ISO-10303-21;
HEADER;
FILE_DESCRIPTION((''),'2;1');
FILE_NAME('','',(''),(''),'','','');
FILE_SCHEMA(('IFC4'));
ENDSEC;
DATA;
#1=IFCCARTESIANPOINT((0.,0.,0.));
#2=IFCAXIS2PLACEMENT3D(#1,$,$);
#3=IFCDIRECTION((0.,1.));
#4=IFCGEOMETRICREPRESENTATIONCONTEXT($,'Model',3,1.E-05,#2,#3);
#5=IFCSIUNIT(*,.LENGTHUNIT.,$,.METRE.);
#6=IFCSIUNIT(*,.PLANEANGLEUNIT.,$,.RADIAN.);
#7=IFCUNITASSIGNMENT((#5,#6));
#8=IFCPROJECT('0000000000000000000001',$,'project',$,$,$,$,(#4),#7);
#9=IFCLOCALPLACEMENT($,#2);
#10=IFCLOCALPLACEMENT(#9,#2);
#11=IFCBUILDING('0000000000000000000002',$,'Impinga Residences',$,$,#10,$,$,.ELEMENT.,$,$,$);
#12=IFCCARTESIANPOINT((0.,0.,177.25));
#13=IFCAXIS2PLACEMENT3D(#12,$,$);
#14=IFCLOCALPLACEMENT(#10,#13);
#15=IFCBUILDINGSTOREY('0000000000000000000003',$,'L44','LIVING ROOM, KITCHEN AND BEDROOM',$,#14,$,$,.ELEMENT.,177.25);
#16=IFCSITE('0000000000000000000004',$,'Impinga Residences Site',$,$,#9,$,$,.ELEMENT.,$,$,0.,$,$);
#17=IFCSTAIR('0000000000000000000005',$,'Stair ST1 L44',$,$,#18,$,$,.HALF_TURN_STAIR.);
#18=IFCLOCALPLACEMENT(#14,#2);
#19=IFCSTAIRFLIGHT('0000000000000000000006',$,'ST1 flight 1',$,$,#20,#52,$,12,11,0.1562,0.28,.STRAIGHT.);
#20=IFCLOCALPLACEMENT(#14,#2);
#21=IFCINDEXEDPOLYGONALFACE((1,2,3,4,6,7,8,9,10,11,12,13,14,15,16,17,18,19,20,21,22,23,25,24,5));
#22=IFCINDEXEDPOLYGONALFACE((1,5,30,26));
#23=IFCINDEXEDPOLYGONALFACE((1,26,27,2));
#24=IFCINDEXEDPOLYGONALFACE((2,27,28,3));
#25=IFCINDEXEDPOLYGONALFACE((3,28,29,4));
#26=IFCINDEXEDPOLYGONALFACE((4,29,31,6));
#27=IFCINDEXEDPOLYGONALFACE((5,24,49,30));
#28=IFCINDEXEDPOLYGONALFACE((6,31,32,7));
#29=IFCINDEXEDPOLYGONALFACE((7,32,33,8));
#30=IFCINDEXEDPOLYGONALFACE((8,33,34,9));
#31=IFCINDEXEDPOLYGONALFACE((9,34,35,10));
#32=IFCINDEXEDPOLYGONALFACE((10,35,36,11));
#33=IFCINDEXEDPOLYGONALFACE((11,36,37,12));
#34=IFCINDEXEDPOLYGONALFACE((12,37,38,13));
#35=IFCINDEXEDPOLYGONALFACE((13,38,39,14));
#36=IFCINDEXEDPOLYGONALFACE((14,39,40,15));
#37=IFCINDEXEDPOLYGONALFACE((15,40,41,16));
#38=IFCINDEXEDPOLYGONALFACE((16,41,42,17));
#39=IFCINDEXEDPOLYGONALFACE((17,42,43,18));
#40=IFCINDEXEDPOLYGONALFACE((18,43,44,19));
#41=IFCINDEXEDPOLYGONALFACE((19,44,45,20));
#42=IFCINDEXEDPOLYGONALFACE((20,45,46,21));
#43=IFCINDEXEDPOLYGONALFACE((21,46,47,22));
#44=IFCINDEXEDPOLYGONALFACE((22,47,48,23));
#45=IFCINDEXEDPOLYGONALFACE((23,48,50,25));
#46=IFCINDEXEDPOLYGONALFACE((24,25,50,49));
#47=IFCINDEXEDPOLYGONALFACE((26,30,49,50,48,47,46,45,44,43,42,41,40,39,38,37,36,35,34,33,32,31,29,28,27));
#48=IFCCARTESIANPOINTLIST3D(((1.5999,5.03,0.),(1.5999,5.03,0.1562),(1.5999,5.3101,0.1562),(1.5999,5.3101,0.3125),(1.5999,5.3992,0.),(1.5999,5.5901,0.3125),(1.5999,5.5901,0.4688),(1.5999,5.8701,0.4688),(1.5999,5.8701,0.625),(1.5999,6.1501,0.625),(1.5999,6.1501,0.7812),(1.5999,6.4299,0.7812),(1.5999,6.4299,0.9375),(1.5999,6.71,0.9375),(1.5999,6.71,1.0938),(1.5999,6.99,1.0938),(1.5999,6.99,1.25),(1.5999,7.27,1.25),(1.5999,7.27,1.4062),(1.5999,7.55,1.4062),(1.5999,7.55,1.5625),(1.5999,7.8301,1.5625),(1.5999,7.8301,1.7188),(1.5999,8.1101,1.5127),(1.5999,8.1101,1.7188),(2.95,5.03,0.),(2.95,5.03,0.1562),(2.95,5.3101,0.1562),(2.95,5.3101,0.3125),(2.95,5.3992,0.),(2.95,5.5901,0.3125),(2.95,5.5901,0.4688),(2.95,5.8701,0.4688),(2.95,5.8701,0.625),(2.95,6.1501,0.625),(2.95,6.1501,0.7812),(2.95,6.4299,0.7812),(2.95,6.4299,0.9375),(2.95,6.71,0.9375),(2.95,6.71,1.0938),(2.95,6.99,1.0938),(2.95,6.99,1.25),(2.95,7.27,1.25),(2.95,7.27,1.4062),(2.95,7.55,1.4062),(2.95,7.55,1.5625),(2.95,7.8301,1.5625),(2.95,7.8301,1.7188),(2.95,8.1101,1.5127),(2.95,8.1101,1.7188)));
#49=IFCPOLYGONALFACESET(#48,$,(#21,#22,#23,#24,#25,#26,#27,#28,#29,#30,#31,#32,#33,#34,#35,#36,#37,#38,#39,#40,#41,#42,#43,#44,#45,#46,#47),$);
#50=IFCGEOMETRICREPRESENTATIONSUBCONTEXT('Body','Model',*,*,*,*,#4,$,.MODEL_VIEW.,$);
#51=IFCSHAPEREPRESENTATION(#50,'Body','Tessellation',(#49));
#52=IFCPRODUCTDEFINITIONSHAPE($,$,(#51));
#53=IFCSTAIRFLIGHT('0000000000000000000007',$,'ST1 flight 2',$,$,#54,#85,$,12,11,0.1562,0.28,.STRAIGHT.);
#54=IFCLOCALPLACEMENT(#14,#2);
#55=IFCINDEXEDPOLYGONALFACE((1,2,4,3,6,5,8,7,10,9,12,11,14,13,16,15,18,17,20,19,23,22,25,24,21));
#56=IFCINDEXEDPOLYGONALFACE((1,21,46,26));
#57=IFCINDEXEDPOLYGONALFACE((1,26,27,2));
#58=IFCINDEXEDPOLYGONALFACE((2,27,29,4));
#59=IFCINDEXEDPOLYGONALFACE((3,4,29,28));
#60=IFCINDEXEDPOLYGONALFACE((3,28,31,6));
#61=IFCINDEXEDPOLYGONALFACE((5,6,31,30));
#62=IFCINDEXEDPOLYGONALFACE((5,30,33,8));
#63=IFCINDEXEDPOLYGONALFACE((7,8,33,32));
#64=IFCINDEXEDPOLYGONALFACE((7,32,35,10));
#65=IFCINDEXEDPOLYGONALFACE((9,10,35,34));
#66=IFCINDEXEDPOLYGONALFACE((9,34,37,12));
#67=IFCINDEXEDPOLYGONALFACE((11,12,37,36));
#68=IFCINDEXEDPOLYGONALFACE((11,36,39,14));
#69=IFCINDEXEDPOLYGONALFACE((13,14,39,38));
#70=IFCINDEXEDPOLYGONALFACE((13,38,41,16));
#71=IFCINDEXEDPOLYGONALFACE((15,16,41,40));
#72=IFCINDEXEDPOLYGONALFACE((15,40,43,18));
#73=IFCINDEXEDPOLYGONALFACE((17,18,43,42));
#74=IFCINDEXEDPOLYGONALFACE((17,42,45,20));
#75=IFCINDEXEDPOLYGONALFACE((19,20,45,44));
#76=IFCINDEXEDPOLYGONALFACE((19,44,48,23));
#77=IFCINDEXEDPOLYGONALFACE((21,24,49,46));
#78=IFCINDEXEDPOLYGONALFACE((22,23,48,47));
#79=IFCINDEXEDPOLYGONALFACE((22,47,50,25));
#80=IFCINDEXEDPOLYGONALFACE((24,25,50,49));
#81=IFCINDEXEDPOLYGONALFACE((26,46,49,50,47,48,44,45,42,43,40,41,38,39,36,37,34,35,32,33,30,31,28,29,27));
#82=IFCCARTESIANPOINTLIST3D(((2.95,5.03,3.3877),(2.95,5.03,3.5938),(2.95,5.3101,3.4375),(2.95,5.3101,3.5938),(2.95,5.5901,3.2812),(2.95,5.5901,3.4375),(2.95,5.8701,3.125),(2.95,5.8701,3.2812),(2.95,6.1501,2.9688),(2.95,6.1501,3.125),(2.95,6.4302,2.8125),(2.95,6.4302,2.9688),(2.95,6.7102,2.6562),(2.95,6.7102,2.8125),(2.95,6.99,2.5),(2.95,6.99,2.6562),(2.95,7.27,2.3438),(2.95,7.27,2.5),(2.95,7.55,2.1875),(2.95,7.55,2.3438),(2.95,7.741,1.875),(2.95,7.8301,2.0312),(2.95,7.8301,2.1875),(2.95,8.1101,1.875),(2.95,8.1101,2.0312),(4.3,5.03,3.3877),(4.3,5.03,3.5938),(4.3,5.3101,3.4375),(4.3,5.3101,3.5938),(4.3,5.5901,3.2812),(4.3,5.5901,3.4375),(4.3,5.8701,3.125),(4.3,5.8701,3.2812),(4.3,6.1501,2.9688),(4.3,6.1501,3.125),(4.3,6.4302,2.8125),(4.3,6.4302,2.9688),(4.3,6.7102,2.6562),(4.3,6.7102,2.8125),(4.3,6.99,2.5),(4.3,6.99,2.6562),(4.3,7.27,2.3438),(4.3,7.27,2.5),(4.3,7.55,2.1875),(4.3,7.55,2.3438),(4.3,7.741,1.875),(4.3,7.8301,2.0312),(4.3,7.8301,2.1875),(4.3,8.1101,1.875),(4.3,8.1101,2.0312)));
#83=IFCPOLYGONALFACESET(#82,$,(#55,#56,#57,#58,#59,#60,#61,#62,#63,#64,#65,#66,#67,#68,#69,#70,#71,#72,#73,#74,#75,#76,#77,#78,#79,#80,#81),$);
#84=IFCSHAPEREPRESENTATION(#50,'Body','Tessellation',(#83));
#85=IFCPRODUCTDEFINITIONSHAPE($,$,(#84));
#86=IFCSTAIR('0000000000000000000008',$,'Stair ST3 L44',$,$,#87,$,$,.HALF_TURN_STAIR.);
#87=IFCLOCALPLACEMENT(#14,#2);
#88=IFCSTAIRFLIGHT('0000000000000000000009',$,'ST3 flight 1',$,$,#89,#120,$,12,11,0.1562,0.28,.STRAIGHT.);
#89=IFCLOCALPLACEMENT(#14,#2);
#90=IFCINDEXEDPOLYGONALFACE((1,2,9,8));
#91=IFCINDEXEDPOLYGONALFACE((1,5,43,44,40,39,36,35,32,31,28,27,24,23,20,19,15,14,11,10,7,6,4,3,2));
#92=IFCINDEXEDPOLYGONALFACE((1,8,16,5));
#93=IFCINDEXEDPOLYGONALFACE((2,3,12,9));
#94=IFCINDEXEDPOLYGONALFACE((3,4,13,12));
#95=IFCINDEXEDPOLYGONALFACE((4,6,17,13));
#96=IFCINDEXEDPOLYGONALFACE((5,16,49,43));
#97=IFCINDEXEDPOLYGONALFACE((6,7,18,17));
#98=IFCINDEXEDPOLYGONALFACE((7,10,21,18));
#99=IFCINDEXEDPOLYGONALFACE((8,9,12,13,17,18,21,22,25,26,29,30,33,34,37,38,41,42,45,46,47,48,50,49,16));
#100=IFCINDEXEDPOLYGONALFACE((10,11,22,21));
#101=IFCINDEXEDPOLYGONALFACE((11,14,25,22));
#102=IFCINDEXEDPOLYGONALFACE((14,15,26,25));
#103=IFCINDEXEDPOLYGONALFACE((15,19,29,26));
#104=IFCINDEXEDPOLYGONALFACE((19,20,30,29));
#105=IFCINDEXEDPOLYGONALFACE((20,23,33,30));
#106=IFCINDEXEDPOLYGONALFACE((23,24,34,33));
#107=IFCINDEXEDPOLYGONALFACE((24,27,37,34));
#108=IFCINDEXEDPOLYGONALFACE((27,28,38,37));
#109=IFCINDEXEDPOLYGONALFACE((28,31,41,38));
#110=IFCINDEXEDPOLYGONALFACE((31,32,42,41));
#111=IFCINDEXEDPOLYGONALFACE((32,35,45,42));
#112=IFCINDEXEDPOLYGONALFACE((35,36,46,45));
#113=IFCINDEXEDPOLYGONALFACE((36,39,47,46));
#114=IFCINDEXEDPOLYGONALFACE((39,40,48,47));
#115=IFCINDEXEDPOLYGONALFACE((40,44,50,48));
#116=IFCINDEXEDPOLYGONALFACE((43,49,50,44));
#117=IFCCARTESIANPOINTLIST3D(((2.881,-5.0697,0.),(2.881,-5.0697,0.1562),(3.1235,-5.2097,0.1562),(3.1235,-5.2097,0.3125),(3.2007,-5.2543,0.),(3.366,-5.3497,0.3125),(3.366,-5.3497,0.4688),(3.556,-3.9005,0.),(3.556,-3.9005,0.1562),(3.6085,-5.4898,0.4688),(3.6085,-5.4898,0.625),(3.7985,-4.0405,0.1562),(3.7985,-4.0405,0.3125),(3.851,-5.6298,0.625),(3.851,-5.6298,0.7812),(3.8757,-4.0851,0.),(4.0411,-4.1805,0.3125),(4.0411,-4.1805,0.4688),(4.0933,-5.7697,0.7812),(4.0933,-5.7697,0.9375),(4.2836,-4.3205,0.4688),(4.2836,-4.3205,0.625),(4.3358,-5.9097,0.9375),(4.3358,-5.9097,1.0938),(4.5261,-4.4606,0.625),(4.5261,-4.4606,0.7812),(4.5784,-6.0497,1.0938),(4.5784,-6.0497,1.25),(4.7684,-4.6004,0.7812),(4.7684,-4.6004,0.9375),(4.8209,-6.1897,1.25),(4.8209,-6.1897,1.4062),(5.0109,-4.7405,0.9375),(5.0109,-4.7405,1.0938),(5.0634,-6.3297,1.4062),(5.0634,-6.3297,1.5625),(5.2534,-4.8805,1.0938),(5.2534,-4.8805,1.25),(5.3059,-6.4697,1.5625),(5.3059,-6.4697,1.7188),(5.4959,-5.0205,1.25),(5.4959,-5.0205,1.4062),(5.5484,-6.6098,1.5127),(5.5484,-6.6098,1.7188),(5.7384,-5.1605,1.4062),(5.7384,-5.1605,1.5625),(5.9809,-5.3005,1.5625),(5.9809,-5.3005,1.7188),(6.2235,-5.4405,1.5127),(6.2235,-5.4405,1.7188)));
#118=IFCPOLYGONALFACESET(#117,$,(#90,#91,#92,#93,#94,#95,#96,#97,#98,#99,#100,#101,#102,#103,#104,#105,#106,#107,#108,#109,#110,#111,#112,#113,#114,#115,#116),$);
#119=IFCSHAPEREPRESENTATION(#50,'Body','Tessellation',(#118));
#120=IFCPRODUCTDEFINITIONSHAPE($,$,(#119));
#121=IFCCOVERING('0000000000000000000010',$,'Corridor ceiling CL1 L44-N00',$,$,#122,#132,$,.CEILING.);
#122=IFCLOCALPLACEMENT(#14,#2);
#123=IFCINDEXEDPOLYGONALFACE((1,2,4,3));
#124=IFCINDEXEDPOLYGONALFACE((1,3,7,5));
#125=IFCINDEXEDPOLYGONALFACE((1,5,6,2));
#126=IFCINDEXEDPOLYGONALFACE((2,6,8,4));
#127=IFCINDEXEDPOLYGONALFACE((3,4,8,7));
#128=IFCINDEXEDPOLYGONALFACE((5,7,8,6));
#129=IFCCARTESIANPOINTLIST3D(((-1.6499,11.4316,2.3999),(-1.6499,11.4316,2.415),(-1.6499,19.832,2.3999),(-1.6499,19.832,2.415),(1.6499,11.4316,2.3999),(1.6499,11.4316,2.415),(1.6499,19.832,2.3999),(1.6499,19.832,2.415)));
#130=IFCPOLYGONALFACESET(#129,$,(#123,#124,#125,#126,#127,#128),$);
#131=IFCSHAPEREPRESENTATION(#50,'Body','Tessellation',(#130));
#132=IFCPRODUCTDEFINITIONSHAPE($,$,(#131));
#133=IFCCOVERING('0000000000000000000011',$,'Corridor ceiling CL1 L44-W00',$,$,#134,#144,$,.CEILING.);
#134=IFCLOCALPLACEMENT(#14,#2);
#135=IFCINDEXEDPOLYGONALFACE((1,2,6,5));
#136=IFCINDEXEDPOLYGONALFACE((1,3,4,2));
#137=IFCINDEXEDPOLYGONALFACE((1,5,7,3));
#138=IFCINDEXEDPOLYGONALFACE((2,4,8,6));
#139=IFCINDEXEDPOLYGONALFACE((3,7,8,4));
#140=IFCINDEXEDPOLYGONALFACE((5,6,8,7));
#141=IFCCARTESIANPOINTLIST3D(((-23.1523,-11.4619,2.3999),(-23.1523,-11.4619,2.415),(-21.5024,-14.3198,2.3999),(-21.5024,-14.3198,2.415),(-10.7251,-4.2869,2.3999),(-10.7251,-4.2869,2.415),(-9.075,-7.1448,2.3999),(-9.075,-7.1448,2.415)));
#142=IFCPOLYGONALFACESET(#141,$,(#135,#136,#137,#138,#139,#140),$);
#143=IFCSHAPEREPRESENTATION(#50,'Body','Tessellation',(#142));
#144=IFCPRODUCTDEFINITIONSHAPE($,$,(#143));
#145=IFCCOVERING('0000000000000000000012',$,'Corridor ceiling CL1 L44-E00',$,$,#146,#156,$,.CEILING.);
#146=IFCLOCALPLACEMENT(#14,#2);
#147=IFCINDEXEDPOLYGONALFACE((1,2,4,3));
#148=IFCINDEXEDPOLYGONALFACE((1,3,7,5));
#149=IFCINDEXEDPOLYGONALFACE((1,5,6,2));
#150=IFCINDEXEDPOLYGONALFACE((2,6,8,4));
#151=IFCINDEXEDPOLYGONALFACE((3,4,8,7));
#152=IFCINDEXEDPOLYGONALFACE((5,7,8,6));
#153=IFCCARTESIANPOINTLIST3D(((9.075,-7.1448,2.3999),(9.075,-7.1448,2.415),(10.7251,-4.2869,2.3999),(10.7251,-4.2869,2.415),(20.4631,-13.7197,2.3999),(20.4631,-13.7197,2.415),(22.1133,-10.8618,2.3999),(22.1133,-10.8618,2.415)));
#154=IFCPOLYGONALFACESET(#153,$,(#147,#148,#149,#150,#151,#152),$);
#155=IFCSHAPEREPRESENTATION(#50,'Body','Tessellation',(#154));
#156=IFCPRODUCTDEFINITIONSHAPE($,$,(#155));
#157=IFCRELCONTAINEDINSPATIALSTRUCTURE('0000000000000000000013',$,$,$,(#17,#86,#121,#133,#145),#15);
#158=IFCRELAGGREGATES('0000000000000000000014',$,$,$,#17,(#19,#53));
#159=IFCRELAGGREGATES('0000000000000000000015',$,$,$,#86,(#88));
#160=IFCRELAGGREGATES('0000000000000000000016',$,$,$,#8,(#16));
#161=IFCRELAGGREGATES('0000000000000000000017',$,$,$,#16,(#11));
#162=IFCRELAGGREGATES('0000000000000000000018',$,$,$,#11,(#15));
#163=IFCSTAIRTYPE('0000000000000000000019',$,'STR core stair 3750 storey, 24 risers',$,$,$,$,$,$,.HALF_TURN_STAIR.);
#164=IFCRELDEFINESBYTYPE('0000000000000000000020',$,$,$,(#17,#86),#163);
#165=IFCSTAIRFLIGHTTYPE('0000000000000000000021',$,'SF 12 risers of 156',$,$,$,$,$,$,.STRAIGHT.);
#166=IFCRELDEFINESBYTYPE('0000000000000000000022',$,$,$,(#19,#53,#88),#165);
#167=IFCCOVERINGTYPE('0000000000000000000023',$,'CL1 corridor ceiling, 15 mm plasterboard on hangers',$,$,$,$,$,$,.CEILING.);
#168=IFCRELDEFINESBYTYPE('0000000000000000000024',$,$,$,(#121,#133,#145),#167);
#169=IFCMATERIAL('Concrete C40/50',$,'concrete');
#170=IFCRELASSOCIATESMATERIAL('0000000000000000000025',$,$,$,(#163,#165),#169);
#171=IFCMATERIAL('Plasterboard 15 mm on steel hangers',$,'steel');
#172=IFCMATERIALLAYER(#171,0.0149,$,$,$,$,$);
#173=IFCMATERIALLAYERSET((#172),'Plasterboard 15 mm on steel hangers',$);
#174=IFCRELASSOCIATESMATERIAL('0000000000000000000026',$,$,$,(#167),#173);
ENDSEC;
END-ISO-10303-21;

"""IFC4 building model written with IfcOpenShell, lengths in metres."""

from ifc_helpers import new_model, si_unit, direction, frame, origin, place, context, subcontext, project, spatial, polyline, outline, extrude, material, layer, layer_set, type_object, element, aggregate, save


model = new_model("IFC4")

# Units and contexts
model_context = context("Model", 3, precision=1e-05, world=origin(), true_north=direction((0.0, 1.0)))
body_context = subcontext(model_context, "Body", "Model", "MODEL_VIEW")
ifc_project = project(units=[si_unit("LENGTHUNIT", "METRE"), si_unit("PLANEANGLEUNIT", "RADIAN")], contexts=[model_context])

# Site, building, storey
site_placement = place(None, origin())
site = spatial("IfcSite", under=ifc_project, at=site_placement, Name="Impinga Residences Site", CompositionType="ELEMENT", RefElevation=0.0)
building_placement = place(site_placement, origin())
building = spatial("IfcBuilding", under=site, at=building_placement, Name="Impinga Residences", CompositionType="ELEMENT")
storey_placement = place(building_placement, frame((0.0, 0.0, 177.25)))
storey = spatial("IfcBuildingStorey", under=building, at=storey_placement, Name="L44", Description="LIVING ROOM, KITCHEN AND BEDROOM", CompositionType="ELEMENT", Elevation=177.25)

# Shared definitions
ifc_material_1 = material(Name="Concrete C40/50", Category="concrete")

# Stair, stair flights
stair_type_1 = type_object("IfcStairType", Name="STR core stair 3750 storey, 24 risers", PredefinedType="HALF_TURN_STAIR", material=ifc_material_1)
stair_1_placement = place(storey_placement, origin())
stair_1 = element("IfcStair", 1, at=stair_1_placement, inside=storey, type_object=stair_type_1, Name="Stair ST1 L44", PredefinedType="HALF_TURN_STAIR")
stair_flight_type = type_object("IfcStairFlightType", Name="SF 12 risers of 156", PredefinedType="STRAIGHT", material=ifc_material_1)
stair_flight_1_placement = place(storey_placement, frame((2.2749, 5.03, 0.0), z_axis=(0.0, 0.0, 1.0), x_axis=(0.0, 1.0, 0.0)))
stair_flight_1 = element("IfcStairFlight", 2, at=stair_flight_1_placement, type_object=stair_flight_type, Name="ST1 flight 1", NumberOfRisers=12, NumberOfTreads=11, PredefinedType="STRAIGHT", RiserHeight=0.1562, TreadLength=0.28, context=body_context, shape_type="SweptSolid", body=[
    extrude(outline(polyline([(0.0, 0.0), (0.0, 0.1562), (0.28, 0.1562), (0.28, 0.3125), (0.5601, 0.3125), (0.5601, 0.4688), (0.8401, 0.4688), (0.8401, 0.625), (1.1201, 0.625), (1.1201, 0.7812), (1.3999, 0.7812), (1.3999, 0.9375), (1.6799, 0.9375), (1.6799, 1.0938), (1.96, 1.0938), (1.96, 1.25), (2.24, 1.25), (2.24, 1.4062), (2.52, 1.4062), (2.52, 1.5625), (2.8, 1.5625), (2.8, 1.7188), (3.0801, 1.7188), (3.0801, 1.875), (3.0801, 1.5127), (0.3691, 0.0), (0.0, 0.0)])), frame((0.0, 0.675, 0.0), z_axis=(0.0, -1.0, 0.0), x_axis=(1.0, 0.0, 0.0)), (0.0, 0.0, 1.0), 1.3501),
])
stair_flight_2_placement = place(storey_placement, frame((3.625, 8.1101, 1.875), z_axis=(0.0, 0.0, 1.0), x_axis=(0.0, -1.0, 0.0)))
stair_flight_2 = element("IfcStairFlight", 3, at=stair_flight_2_placement, type_object=stair_flight_type, Name="ST1 flight 2", NumberOfRisers=12, NumberOfTreads=11, PredefinedType="STRAIGHT", RiserHeight=0.1562, TreadLength=0.28, context=body_context, shape_type="SweptSolid", body=[
    extrude(outline(polyline([(0.0, 0.0), (0.0, 0.1562), (0.28, 0.1562), (0.28, 0.3125), (0.5601, 0.3125), (0.5601, 0.4688), (0.8401, 0.4688), (0.8401, 0.625), (1.1201, 0.625), (1.1201, 0.7812), (1.3999, 0.7812), (1.3999, 0.9375), (1.6799, 0.9375), (1.6799, 1.0938), (1.96, 1.0938), (1.96, 1.25), (2.24, 1.25), (2.24, 1.4062), (2.52, 1.4062), (2.52, 1.5625), (2.8, 1.5625), (2.8, 1.7188), (3.0801, 1.7188), (3.0801, 1.875), (3.0801, 1.5127), (0.3691, 0.0), (0.0, 0.0)])), frame((0.0, 0.675, 0.0), z_axis=(0.0, -1.0, 0.0), x_axis=(1.0, 0.0, 0.0)), (0.0, 0.0, 1.0), 1.3501),
])
aggregate(stair_1, [stair_flight_1, stair_flight_2])

# Stair, stair flight
stair_2_placement = place(storey_placement, origin())
stair_2 = element("IfcStair", 4, at=stair_2_placement, inside=storey, type_object=stair_type_1, Name="Stair ST3 L44", PredefinedType="HALF_TURN_STAIR")
stair_flight_3_placement = place(storey_placement, frame((3.2185, -4.4851, 0.0), z_axis=(0.0, 0.0, 1.0), x_axis=(0.866025, -0.5, 0.0)))
stair_flight_3 = element("IfcStairFlight", 5, at=stair_flight_3_placement, type_object=stair_flight_type, Name="ST3 flight 1", NumberOfRisers=12, NumberOfTreads=11, PredefinedType="STRAIGHT", RiserHeight=0.1562, TreadLength=0.28, context=body_context, shape_type="SweptSolid", body=[
    extrude(outline(polyline([(0.0, 0.0), (0.0, 0.1562), (0.28, 0.1562), (0.28, 0.3125), (0.5601, 0.3125), (0.5601, 0.4688), (0.8401, 0.4688), (0.8401, 0.625), (1.1201, 0.625), (1.1201, 0.7812), (1.3999, 0.7812), (1.3999, 0.9375), (1.6799, 0.9375), (1.6799, 1.0938), (1.96, 1.0938), (1.96, 1.25), (2.24, 1.25), (2.24, 1.4062), (2.52, 1.4062), (2.52, 1.5625), (2.8, 1.5625), (2.8, 1.7188), (3.0801, 1.7188), (3.0801, 1.875), (3.0801, 1.5127), (0.3691, 0.0), (0.0, 0.0)])), frame((0.0, 0.675, 0.0), z_axis=(0.0, -1.0, 0.0), x_axis=(1.0, 0.0, 0.0)), (0.0, 0.0, 1.0), 1.3501),
])
aggregate(stair_2, [stair_flight_3])

# Coverings
ifc_material_2 = material(Name="Plasterboard 15 mm on steel hangers", Category="steel")
ifc_layer_1 = layer(ifc_material_2, 0.0149)
ifc_layer_set_1 = layer_set([ifc_layer_1], Name="Plasterboard 15 mm on steel hangers")
covering_type_1 = type_object("IfcCoveringType", Name="CL1 corridor ceiling, 15 mm plasterboard on hangers", PredefinedType="CEILING", material=ifc_layer_set_1)
covering_1_placement = place(storey_placement, frame((0.0, 0.0, 2.3999)))
element("IfcCovering", 6, at=covering_1_placement, inside=storey, type_object=covering_type_1, Name="Corridor ceiling CL1 L44-N00", PredefinedType="CEILING", context=body_context, shape_type="SweptSolid", body=[
    extrude(outline(polyline([(1.6499, 11.4316), (-1.6499, 11.4316), (-1.6499, 19.832), (1.6499, 19.832), (1.6499, 11.4316)])), origin(), (0.0, 0.0, 1.0), 0.0151),
])
covering_2_placement = place(storey_placement, frame((0.0, 0.0, 2.3999)))
element("IfcCovering", 7, at=covering_2_placement, inside=storey, type_object=covering_type_1, Name="Corridor ceiling CL1 L44-W00", PredefinedType="CEILING", context=body_context, shape_type="SweptSolid", body=[
    extrude(outline(polyline([(-9.075, -7.1448), (-10.7251, -4.2869), (-23.1523, -11.4619), (-21.5024, -14.3198), (-9.075, -7.1448)])), origin(), (0.0, 0.0, 1.0), 0.0151),
])
covering_3_placement = place(storey_placement, frame((0.0, 0.0, 2.3999)))
element("IfcCovering", 8, at=covering_3_placement, inside=storey, type_object=covering_type_1, Name="Corridor ceiling CL1 L44-E00", PredefinedType="CEILING", context=body_context, shape_type="SweptSolid", body=[
    extrude(outline(polyline([(10.7251, -4.2869), (9.075, -7.1448), (20.4631, -13.7197), (22.1133, -10.8618), (10.7251, -4.2869)])), origin(), (0.0, 0.0, 1.0), 0.0151),
])

save(model, "model.ifc")
